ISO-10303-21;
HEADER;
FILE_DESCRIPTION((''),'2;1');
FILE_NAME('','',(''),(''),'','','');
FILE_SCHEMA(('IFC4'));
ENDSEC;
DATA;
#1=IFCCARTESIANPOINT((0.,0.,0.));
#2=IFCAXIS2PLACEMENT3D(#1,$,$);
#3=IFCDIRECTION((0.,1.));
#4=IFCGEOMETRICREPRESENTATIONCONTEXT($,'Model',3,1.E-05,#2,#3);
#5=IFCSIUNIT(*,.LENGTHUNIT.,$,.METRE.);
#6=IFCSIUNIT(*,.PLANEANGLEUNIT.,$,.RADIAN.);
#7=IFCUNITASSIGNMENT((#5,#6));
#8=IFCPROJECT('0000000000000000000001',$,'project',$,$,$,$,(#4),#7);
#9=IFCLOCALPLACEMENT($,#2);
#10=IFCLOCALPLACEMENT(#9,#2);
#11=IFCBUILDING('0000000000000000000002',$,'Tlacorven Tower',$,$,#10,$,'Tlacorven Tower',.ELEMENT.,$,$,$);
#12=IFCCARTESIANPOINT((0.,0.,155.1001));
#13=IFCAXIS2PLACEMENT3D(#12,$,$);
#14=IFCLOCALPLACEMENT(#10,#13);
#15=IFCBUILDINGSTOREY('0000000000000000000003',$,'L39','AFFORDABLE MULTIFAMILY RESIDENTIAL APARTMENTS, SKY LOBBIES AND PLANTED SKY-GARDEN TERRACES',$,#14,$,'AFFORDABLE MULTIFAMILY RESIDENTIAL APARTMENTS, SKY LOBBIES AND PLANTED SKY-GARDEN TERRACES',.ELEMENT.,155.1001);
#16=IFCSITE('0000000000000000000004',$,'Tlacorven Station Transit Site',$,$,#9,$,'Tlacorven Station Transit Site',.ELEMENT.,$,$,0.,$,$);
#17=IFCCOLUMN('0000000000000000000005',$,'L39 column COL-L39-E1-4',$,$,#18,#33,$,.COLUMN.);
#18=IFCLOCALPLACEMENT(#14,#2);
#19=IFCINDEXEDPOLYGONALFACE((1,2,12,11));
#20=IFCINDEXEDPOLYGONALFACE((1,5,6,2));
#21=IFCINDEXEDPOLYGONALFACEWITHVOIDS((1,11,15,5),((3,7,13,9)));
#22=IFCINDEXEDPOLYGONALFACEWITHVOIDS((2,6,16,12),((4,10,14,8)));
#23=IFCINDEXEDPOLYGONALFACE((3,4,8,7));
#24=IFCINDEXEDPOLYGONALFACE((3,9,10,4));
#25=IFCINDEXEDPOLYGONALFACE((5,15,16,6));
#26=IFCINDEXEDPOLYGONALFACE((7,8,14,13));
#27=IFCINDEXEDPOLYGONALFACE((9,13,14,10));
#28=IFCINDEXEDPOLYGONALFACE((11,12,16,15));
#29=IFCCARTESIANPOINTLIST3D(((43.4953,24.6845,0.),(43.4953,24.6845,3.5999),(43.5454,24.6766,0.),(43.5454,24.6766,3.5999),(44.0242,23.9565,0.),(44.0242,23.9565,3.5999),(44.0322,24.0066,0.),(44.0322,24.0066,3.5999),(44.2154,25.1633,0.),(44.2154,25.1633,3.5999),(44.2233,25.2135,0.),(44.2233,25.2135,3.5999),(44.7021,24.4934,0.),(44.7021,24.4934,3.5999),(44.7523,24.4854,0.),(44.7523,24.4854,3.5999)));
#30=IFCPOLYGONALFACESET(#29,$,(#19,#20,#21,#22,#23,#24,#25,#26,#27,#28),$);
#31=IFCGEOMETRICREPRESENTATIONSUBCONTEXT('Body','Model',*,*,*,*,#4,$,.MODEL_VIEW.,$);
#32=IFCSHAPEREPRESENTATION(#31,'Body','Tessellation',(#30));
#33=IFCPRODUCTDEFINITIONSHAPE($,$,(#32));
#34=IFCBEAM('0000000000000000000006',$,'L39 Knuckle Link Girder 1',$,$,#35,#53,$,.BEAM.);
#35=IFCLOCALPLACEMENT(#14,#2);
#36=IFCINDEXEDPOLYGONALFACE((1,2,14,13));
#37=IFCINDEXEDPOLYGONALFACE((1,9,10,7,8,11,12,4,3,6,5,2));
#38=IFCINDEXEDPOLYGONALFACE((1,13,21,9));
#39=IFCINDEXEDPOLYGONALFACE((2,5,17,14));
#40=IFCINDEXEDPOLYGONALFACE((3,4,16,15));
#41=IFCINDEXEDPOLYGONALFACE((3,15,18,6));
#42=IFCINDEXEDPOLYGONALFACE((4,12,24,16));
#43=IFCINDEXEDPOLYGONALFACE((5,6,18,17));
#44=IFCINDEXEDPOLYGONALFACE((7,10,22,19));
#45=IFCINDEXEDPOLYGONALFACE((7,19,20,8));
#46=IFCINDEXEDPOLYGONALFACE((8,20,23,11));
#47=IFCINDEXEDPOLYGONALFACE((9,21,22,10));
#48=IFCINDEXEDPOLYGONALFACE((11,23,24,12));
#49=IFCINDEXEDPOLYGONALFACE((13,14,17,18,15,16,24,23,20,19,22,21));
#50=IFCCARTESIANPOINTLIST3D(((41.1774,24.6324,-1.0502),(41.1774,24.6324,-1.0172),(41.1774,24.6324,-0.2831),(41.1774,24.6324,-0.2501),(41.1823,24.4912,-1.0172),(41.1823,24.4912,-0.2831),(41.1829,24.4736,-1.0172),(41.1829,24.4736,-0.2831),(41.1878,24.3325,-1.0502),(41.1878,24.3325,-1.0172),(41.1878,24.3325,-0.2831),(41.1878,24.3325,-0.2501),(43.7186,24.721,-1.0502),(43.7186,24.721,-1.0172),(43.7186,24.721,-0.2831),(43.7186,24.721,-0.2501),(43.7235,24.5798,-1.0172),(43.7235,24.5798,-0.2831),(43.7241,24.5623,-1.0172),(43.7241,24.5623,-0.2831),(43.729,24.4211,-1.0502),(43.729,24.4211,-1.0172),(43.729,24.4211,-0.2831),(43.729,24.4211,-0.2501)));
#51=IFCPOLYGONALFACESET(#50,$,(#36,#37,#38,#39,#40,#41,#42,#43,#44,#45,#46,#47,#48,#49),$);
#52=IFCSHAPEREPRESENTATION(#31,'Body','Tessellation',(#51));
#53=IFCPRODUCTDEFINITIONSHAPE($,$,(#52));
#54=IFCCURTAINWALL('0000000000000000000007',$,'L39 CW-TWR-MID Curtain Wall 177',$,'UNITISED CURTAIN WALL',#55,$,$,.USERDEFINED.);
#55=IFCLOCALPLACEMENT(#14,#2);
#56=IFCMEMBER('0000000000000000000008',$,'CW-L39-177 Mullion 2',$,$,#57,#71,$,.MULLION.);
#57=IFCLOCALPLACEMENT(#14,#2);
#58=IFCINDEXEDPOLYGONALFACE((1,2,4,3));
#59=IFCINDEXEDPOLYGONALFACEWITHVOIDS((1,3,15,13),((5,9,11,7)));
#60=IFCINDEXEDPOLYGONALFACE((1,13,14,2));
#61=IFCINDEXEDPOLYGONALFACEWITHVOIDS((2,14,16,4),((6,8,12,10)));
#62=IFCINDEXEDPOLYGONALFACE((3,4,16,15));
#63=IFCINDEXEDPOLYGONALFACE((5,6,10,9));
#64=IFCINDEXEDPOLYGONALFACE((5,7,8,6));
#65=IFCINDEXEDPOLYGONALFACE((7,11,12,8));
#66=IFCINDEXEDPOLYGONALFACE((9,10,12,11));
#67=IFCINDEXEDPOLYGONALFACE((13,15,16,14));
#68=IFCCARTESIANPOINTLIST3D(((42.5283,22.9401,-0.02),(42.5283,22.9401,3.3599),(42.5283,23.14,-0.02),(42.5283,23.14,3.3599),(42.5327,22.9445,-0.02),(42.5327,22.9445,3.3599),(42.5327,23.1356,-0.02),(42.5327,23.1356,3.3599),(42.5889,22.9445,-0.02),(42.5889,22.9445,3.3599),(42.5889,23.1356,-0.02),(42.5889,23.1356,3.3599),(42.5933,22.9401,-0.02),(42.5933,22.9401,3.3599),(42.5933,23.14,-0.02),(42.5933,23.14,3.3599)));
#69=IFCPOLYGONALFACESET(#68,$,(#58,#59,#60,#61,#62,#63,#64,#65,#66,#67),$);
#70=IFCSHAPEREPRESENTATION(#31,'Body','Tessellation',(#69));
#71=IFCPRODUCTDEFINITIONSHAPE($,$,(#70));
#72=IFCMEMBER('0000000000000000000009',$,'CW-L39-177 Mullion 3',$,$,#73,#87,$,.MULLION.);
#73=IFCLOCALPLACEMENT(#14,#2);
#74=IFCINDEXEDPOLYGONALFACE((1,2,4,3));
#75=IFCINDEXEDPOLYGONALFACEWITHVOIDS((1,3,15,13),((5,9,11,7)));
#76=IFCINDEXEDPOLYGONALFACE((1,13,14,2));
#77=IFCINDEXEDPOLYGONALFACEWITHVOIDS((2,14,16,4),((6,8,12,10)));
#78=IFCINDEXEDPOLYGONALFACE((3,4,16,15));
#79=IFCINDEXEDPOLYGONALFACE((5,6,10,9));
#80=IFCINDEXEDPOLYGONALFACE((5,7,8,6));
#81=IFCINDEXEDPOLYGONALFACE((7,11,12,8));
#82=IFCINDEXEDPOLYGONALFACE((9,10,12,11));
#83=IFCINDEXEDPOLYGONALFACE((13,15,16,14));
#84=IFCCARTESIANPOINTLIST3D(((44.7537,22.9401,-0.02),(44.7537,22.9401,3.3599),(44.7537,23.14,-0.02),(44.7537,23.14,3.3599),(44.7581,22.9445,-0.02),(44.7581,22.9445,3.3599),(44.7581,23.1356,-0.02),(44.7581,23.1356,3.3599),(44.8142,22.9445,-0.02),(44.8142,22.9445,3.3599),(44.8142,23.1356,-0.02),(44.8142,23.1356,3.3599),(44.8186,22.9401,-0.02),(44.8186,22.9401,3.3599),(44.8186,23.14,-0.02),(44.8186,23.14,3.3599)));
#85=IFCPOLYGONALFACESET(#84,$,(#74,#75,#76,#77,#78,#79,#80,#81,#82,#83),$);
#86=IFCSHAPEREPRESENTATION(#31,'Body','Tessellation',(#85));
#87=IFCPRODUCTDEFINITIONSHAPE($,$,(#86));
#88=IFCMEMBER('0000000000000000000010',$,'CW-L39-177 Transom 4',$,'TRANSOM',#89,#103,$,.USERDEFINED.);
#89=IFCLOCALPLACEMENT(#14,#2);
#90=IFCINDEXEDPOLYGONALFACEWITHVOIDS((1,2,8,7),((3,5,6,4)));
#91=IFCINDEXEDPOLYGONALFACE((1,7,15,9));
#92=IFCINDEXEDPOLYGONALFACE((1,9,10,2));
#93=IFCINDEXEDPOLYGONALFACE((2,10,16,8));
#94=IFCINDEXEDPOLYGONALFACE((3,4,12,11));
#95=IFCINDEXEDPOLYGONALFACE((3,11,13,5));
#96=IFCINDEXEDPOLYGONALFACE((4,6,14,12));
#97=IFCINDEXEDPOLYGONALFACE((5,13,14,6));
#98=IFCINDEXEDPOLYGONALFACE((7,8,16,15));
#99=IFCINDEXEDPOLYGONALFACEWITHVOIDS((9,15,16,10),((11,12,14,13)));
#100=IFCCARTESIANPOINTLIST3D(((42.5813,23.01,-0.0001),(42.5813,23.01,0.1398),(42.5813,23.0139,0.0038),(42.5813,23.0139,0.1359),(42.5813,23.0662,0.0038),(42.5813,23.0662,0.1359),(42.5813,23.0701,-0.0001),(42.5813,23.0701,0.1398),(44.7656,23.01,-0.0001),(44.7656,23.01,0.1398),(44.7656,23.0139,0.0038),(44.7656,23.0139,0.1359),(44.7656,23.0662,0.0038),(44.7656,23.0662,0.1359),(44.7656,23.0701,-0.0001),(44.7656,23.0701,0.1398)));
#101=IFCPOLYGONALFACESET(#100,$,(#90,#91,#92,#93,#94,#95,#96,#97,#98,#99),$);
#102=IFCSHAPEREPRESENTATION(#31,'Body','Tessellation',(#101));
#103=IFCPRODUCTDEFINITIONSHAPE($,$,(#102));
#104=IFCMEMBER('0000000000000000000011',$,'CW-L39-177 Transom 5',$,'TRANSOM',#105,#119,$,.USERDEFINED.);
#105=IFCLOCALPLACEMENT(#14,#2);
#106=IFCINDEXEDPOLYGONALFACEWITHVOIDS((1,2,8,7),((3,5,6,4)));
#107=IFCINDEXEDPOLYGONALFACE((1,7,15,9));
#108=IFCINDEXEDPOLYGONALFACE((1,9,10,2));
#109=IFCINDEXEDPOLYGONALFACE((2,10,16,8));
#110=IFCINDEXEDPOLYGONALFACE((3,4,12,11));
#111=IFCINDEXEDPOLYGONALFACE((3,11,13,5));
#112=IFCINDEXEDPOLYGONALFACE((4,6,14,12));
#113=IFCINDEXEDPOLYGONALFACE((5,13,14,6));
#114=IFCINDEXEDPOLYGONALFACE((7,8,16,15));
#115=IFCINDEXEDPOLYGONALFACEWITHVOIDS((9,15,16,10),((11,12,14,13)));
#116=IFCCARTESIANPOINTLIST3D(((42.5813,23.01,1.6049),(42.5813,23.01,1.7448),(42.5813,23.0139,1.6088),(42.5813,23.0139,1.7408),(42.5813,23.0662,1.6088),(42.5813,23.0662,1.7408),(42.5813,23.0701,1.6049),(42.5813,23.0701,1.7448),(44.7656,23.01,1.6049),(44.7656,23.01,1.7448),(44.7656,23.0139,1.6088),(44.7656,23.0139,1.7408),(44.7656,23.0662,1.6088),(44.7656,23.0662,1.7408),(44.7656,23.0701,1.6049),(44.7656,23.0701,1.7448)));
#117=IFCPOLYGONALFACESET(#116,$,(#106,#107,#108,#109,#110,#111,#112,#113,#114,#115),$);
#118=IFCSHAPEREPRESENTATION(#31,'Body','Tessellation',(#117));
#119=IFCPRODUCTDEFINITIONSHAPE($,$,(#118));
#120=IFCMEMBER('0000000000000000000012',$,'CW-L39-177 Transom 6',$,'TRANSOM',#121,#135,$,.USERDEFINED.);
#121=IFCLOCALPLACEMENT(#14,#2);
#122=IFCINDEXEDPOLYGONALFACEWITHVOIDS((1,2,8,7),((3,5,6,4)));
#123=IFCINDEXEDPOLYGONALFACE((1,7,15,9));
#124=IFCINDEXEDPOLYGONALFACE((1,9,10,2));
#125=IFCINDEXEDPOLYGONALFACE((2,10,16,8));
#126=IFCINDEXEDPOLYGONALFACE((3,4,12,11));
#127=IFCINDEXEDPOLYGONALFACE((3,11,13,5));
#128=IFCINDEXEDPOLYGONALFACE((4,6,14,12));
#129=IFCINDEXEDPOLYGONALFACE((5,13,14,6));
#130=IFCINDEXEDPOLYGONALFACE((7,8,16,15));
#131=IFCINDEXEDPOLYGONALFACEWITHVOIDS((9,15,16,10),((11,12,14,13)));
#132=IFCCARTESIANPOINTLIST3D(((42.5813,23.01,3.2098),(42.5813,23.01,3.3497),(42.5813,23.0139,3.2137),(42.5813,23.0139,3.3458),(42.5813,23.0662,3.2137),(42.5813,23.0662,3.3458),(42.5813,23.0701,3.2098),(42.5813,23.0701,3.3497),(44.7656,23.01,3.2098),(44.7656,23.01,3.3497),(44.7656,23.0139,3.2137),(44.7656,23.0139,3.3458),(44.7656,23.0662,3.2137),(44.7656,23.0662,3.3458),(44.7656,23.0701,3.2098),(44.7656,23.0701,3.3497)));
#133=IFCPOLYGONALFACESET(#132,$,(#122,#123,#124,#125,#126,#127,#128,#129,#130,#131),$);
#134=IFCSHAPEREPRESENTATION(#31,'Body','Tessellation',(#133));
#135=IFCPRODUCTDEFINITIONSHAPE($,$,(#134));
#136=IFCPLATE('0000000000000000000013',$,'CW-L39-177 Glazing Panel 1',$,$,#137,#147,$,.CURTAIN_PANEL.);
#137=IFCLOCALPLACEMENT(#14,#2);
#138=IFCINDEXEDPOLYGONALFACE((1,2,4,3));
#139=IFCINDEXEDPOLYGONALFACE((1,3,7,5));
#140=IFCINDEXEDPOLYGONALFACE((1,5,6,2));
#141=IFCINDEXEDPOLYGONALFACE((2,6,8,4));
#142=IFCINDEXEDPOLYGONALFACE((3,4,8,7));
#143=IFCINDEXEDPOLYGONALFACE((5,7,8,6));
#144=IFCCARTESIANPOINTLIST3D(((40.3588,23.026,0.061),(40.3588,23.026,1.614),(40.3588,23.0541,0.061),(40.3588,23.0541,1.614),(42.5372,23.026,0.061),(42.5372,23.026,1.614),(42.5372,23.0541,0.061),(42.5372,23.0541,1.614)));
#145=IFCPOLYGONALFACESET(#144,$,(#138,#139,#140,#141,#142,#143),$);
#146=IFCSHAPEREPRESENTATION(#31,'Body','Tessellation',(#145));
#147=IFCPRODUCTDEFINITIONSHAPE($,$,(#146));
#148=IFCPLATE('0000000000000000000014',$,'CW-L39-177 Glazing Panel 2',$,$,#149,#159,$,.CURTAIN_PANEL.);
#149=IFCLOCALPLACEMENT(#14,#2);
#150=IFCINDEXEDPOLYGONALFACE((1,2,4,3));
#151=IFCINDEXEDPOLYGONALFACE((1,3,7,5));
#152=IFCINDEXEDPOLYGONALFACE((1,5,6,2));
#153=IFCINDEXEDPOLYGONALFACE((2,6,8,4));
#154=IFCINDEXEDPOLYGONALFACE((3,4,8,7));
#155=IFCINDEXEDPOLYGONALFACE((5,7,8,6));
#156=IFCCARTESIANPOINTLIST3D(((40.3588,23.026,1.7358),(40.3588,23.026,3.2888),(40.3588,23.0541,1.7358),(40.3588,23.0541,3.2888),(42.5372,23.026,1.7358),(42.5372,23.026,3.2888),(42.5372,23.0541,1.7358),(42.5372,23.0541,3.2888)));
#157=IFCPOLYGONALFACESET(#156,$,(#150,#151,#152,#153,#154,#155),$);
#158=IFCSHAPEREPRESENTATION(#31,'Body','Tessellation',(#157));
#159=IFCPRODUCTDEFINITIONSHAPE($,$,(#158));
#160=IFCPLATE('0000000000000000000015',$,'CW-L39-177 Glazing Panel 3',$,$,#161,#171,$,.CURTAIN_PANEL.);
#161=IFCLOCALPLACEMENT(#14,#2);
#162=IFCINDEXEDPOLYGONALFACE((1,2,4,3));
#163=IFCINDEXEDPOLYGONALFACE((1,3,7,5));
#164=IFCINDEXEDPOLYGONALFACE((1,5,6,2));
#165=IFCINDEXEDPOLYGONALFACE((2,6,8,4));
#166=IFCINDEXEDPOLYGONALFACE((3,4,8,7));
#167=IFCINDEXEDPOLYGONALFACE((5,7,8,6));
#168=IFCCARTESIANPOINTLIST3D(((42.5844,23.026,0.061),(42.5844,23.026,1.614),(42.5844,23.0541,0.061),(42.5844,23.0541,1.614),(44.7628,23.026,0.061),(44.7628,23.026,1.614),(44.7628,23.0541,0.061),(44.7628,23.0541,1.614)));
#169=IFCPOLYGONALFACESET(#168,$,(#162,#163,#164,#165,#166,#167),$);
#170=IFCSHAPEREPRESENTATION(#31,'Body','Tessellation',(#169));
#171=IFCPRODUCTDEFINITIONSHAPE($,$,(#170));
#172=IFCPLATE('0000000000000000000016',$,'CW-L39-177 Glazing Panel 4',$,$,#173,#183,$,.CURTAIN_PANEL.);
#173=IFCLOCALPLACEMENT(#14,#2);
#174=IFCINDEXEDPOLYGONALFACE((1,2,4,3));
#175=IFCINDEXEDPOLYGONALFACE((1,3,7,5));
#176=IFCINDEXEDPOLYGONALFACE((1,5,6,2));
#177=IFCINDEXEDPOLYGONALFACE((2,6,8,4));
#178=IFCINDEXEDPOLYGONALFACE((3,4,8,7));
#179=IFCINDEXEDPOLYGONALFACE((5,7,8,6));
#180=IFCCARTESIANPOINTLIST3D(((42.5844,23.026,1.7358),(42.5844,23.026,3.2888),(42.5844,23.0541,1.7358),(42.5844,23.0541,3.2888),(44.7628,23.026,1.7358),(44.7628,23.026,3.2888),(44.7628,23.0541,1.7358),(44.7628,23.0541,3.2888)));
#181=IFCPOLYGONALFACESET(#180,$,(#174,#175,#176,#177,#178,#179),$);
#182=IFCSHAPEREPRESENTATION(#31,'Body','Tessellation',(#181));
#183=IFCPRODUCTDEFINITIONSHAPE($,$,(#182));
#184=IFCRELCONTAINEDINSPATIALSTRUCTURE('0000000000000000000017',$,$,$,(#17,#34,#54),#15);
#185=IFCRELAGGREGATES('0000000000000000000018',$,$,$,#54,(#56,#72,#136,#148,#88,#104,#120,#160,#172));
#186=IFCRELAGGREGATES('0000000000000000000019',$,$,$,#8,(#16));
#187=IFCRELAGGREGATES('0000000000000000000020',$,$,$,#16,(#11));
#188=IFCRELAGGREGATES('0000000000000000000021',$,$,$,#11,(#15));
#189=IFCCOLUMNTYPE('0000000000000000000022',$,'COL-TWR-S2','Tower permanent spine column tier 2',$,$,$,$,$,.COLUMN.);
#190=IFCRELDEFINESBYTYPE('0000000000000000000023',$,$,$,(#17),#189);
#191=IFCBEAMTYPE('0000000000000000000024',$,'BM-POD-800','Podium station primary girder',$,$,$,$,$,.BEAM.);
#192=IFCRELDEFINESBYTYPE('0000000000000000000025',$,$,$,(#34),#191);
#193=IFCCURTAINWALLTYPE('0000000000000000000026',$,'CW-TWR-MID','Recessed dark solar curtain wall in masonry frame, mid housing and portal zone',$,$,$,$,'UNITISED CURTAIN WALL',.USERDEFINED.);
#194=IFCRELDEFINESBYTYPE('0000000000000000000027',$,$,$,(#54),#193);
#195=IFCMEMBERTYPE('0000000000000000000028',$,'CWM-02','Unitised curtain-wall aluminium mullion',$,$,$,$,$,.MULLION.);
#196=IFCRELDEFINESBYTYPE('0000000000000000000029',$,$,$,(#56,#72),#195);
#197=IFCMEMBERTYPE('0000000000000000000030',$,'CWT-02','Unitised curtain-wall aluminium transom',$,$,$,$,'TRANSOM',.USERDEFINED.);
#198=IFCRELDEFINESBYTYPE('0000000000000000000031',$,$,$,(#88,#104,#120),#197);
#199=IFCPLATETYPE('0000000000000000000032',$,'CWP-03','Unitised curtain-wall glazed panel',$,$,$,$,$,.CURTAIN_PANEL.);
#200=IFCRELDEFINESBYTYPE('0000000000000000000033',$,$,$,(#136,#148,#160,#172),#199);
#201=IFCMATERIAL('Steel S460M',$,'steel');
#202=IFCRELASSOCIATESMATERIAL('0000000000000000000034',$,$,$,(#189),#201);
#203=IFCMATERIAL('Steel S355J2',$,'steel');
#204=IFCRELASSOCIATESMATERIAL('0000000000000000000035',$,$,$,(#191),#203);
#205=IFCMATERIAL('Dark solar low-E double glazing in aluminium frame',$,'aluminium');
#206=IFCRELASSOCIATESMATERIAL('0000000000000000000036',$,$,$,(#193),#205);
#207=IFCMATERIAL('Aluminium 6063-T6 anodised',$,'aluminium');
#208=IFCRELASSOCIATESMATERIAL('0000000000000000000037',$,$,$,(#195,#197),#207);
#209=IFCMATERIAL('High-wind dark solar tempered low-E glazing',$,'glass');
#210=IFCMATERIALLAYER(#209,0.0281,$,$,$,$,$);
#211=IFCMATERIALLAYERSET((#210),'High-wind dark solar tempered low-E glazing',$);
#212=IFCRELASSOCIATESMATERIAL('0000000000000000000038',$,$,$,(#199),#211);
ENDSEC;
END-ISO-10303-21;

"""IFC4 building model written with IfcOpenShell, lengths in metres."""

from ifc_helpers import new_model, si_unit, direction, frame, origin, origin_2d, place, context, subcontext, project, spatial, rectangle, hollow_rectangle, i_section, extrude, source, transform, mapped, material, layer, layer_set, material_profile, profile_set, type_object, element, aggregate, save


model = new_model("IFC4")

# Units and contexts
model_context = context("Model", 3, precision=1e-05, world=origin(), true_north=direction((0.0, 1.0)))
body_context = subcontext(model_context, "Body", "Model", "MODEL_VIEW")
ifc_project = project(units=[si_unit("LENGTHUNIT", "METRE"), si_unit("PLANEANGLEUNIT", "RADIAN")], contexts=[model_context])

# Site, building, storey
site_placement = place(None, origin())
site = spatial("IfcSite", under=ifc_project, at=site_placement, Name="Tlacorven Station Transit Site", LongName="Tlacorven Station Transit Site", CompositionType="ELEMENT", RefElevation=0.0)
building_placement = place(site_placement, origin())
building = spatial("IfcBuilding", under=site, at=building_placement, Name="Tlacorven Tower", LongName="Tlacorven Tower", CompositionType="ELEMENT")
storey_placement = place(building_placement, frame((0.0, 0.0, 155.1001)))
storey = spatial("IfcBuildingStorey", under=building, at=storey_placement, Name="L39", Description="AFFORDABLE MULTIFAMILY RESIDENTIAL APARTMENTS, SKY LOBBIES AND PLANTED SKY-GARDEN TERRACES", LongName="AFFORDABLE MULTIFAMILY RESIDENTIAL APARTMENTS, SKY LOBBIES AND PLANTED SKY-GARDEN TERRACES", CompositionType="ELEMENT", Elevation=155.1001)

# Column
ifc_material_1 = material(Name="Steel S460M", Category="steel")
ifc_material_profile_1 = material_profile(ifc_material_1, hollow_rectangle(XDim=0.8999, YDim=0.8999, WallThickness=0.0359, at=origin_2d()), Name="BOX 900X900X36")
ifc_profile_set_1 = profile_set([ifc_material_profile_1], Name="Steel S460M")
column_type = type_object("IfcColumnType", Name="COL-TWR-S2", Description="Tower permanent spine column tier 2", PredefinedType="COLUMN", material=ifc_profile_set_1)
shared_shape_1 = source(origin(), body_context, "Body", "SweptSolid", [
    extrude(hollow_rectangle(XDim=0.8999, YDim=0.8999, WallThickness=0.0359, at=origin_2d()), origin(), (0.0, 0.0, 1.0), 3.5999),
])
column_placement = place(storey_placement, frame((44.1238, 24.585, 0.0), z_axis=(0.0, 0.0, 1.0), x_axis=(0.809017, 0.587785, 0.0)))
element("IfcColumn", 1, at=column_placement, inside=storey, type_object=column_type, Name="L39 column COL-L39-E1-4", PredefinedType="COLUMN", context=body_context, shape_type="MappedRepresentation", body=[
    mapped(shared_shape_1, transform((0.0, 0.0, 0.0), scale=1.0)),
])

# Beam
ifc_material_2 = material(Name="Steel S355J2", Category="steel")
ifc_material_profile_2 = material_profile(ifc_material_2, i_section(OverallWidth=0.3, OverallDepth=0.8, WebThickness=0.0176, FlangeThickness=0.033, at=origin_2d()), Name="HEB 800")
ifc_profile_set_2 = profile_set([ifc_material_profile_2], Name="Steel S355J2")
beam_type = type_object("IfcBeamType", Name="BM-POD-800", Description="Podium station primary girder", PredefinedType="BEAM", material=ifc_profile_set_2)
shared_shape_2 = source(origin(), body_context, "Body", "SweptSolid", [
    extrude(i_section(OverallWidth=0.3, OverallDepth=0.8, WebThickness=0.0176, FlangeThickness=0.033, at=origin_2d()), origin(), (0.0, 0.0, 1.0), 2.5427),
])
beam_placement = place(storey_placement, frame((41.1826, 24.4824, -0.6501), z_axis=(0.999392, 0.034852, 0.0), x_axis=(-0.034852, 0.999392, 0.0)))
element("IfcBeam", 2, at=beam_placement, inside=storey, type_object=beam_type, Name="L39 Knuckle Link Girder 1", PredefinedType="BEAM", context=body_context, shape_type="MappedRepresentation", body=[
    mapped(shared_shape_2, transform((0.0, 0.0, 0.0), scale=1.0)),
])

# Curtain wall, members, plates
ifc_material_3 = material(Name="Dark solar low-E double glazing in aluminium frame", Category="aluminium")
curtain_wall_type = type_object("IfcCurtainWallType", Name="CW-TWR-MID", Description="Recessed dark solar curtain wall in masonry frame, mid housing and portal zone", ElementType="UNITISED CURTAIN WALL", PredefinedType="USERDEFINED", material=ifc_material_3)
curtain_wall_placement = place(storey_placement, origin())
curtain_wall = element("IfcCurtainWall", 3, at=curtain_wall_placement, inside=storey, type_object=curtain_wall_type, Name="L39 CW-TWR-MID Curtain Wall 177", ObjectType="UNITISED CURTAIN WALL", PredefinedType="USERDEFINED")
ifc_material_4 = material(Name="Aluminium 6063-T6 anodised", Category="aluminium")
ifc_material_profile_3 = material_profile(ifc_material_4, hollow_rectangle(XDim=0.0649, YDim=0.2, WallThickness=0.0044, at=origin_2d()), Name="ALU MULLION 65X200")
ifc_profile_set_3 = profile_set([ifc_material_profile_3], Name="Aluminium 6063-T6 anodised")
member_type_1 = type_object("IfcMemberType", Name="CWM-02", Description="Unitised curtain-wall aluminium mullion", PredefinedType="MULLION", material=ifc_profile_set_3)
shared_shape_3 = source(origin(), body_context, "Body", "SweptSolid", [
    extrude(hollow_rectangle(XDim=0.0649, YDim=0.2, WallThickness=0.0044, at=origin_2d()), origin(), (0.0, 0.0, 1.0), 3.3799),
])
member_1_placement = place(storey_placement, frame((42.5608, 23.04, -0.02), z_axis=(0.0, 0.0, 1.0), x_axis=(1.0, 0.0, 0.0)))
member_1 = element("IfcMember", 4, at=member_1_placement, type_object=member_type_1, Name="CW-L39-177 Mullion 2", PredefinedType="MULLION", context=body_context, shape_type="MappedRepresentation", body=[
    mapped(shared_shape_3, transform((0.0, 0.0, 0.0), scale=1.0)),
])
member_2_placement = place(storey_placement, frame((44.7861, 23.04, -0.02), z_axis=(0.0, 0.0, 1.0), x_axis=(1.0, 0.0, 0.0)))
member_2 = element("IfcMember", 5, at=member_2_placement, type_object=member_type_1, Name="CW-L39-177 Mullion 3", PredefinedType="MULLION", context=body_context, shape_type="MappedRepresentation", body=[
    mapped(shared_shape_3, transform((0.0, 0.0, 0.0), scale=1.0)),
])
ifc_material_profile_4 = material_profile(ifc_material_4, hollow_rectangle(XDim=0.0601, YDim=0.1399, WallThickness=0.0039, at=origin_2d()), Name="ALU TRANSOM 60X140")
ifc_profile_set_4 = profile_set([ifc_material_profile_4], Name="Aluminium 6063-T6 anodised")
member_type_2 = type_object("IfcMemberType", Name="CWT-02", Description="Unitised curtain-wall aluminium transom", ElementType="TRANSOM", PredefinedType="USERDEFINED", material=ifc_profile_set_4)
shared_shape_4 = source(origin(), body_context, "Body", "SweptSolid", [
    extrude(hollow_rectangle(XDim=0.0601, YDim=0.1399, WallThickness=0.0039, at=origin_2d()), origin(), (0.0, 0.0, 1.0), 2.1843),
])
member_3_placement = place(storey_placement, frame((42.5813, 23.04, 0.0698), z_axis=(1.0, 0.0, 0.0), x_axis=(0.0, 1.0, 0.0)))
member_3 = element("IfcMember", 6, at=member_3_placement, type_object=member_type_2, Name="CW-L39-177 Transom 4", ObjectType="TRANSOM", PredefinedType="USERDEFINED", context=body_context, shape_type="MappedRepresentation", body=[
    mapped(shared_shape_4, transform((0.0, 0.0, 0.0), scale=1.0)),
])
member_4_placement = place(storey_placement, frame((42.5813, 23.04, 1.6748), z_axis=(1.0, 0.0, 0.0), x_axis=(0.0, 1.0, 0.0)))
member_4 = element("IfcMember", 7, at=member_4_placement, type_object=member_type_2, Name="CW-L39-177 Transom 5", ObjectType="TRANSOM", PredefinedType="USERDEFINED", context=body_context, shape_type="MappedRepresentation", body=[
    mapped(shared_shape_4, transform((0.0, 0.0, 0.0), scale=1.0)),
])
member_5_placement = place(storey_placement, frame((42.5813, 23.04, 3.2798), z_axis=(1.0, 0.0, 0.0), x_axis=(0.0, 1.0, 0.0)))
member_5 = element("IfcMember", 8, at=member_5_placement, type_object=member_type_2, Name="CW-L39-177 Transom 6", ObjectType="TRANSOM", PredefinedType="USERDEFINED", context=body_context, shape_type="MappedRepresentation", body=[
    mapped(shared_shape_4, transform((0.0, 0.0, 0.0), scale=1.0)),
])
ifc_material_5 = material(Name="High-wind dark solar tempered low-E glazing", Category="glass")
ifc_layer_1 = layer(ifc_material_5, 0.0281)
ifc_layer_set_1 = layer_set([ifc_layer_1], Name="High-wind dark solar tempered low-E glazing")
plate_type = type_object("IfcPlateType", Name="CWP-03", Description="Unitised curtain-wall glazed panel", PredefinedType="CURTAIN_PANEL", material=ifc_layer_set_1)
shared_shape_5 = source(origin(), body_context, "Body", "SweptSolid", [
    extrude(rectangle(XDim=2.1785, YDim=0.0281, at=origin_2d()), origin(), (0.0, 0.0, 1.0), 1.553),
])
plate_1_placement = place(storey_placement, frame((41.448, 23.04, 0.061), z_axis=(0.0, 0.0, 1.0), x_axis=(1.0, 0.0, 0.0)))
plate_1 = element("IfcPlate", 9, at=plate_1_placement, type_object=plate_type, Name="CW-L39-177 Glazing Panel 1", PredefinedType="CURTAIN_PANEL", context=body_context, shape_type="MappedRepresentation", body=[
    mapped(shared_shape_5, transform((0.0, 0.0, 0.0), scale=1.0)),
])
plate_2_placement = place(storey_placement, frame((41.448, 23.04, 1.7358), z_axis=(0.0, 0.0, 1.0), x_axis=(1.0, 0.0, 0.0)))
plate_2 = element("IfcPlate", 10, at=plate_2_placement, type_object=plate_type, Name="CW-L39-177 Glazing Panel 2", PredefinedType="CURTAIN_PANEL", context=body_context, shape_type="MappedRepresentation", body=[
    mapped(shared_shape_5, transform((0.0, 0.0, 0.0), scale=1.0)),
])
plate_3_placement = place(storey_placement, frame((43.6736, 23.04, 0.061), z_axis=(0.0, 0.0, 1.0), x_axis=(1.0, 0.0, 0.0)))
plate_3 = element("IfcPlate", 11, at=plate_3_placement, type_object=plate_type, Name="CW-L39-177 Glazing Panel 3", PredefinedType="CURTAIN_PANEL", context=body_context, shape_type="MappedRepresentation", body=[
    mapped(shared_shape_5, transform((0.0, 0.0, 0.0), scale=1.0)),
])
plate_4_placement = place(storey_placement, frame((43.6736, 23.04, 1.7358), z_axis=(0.0, 0.0, 1.0), x_axis=(1.0, 0.0, 0.0)))
plate_4 = element("IfcPlate", 12, at=plate_4_placement, type_object=plate_type, Name="CW-L39-177 Glazing Panel 4", PredefinedType="CURTAIN_PANEL", context=body_context, shape_type="MappedRepresentation", body=[
    mapped(shared_shape_5, transform((0.0, 0.0, 0.0), scale=1.0)),
])
aggregate(curtain_wall, [member_1, member_2, plate_1, plate_2, member_3, member_4, member_5, plate_3, plate_4])

save(model, "model.ifc")
